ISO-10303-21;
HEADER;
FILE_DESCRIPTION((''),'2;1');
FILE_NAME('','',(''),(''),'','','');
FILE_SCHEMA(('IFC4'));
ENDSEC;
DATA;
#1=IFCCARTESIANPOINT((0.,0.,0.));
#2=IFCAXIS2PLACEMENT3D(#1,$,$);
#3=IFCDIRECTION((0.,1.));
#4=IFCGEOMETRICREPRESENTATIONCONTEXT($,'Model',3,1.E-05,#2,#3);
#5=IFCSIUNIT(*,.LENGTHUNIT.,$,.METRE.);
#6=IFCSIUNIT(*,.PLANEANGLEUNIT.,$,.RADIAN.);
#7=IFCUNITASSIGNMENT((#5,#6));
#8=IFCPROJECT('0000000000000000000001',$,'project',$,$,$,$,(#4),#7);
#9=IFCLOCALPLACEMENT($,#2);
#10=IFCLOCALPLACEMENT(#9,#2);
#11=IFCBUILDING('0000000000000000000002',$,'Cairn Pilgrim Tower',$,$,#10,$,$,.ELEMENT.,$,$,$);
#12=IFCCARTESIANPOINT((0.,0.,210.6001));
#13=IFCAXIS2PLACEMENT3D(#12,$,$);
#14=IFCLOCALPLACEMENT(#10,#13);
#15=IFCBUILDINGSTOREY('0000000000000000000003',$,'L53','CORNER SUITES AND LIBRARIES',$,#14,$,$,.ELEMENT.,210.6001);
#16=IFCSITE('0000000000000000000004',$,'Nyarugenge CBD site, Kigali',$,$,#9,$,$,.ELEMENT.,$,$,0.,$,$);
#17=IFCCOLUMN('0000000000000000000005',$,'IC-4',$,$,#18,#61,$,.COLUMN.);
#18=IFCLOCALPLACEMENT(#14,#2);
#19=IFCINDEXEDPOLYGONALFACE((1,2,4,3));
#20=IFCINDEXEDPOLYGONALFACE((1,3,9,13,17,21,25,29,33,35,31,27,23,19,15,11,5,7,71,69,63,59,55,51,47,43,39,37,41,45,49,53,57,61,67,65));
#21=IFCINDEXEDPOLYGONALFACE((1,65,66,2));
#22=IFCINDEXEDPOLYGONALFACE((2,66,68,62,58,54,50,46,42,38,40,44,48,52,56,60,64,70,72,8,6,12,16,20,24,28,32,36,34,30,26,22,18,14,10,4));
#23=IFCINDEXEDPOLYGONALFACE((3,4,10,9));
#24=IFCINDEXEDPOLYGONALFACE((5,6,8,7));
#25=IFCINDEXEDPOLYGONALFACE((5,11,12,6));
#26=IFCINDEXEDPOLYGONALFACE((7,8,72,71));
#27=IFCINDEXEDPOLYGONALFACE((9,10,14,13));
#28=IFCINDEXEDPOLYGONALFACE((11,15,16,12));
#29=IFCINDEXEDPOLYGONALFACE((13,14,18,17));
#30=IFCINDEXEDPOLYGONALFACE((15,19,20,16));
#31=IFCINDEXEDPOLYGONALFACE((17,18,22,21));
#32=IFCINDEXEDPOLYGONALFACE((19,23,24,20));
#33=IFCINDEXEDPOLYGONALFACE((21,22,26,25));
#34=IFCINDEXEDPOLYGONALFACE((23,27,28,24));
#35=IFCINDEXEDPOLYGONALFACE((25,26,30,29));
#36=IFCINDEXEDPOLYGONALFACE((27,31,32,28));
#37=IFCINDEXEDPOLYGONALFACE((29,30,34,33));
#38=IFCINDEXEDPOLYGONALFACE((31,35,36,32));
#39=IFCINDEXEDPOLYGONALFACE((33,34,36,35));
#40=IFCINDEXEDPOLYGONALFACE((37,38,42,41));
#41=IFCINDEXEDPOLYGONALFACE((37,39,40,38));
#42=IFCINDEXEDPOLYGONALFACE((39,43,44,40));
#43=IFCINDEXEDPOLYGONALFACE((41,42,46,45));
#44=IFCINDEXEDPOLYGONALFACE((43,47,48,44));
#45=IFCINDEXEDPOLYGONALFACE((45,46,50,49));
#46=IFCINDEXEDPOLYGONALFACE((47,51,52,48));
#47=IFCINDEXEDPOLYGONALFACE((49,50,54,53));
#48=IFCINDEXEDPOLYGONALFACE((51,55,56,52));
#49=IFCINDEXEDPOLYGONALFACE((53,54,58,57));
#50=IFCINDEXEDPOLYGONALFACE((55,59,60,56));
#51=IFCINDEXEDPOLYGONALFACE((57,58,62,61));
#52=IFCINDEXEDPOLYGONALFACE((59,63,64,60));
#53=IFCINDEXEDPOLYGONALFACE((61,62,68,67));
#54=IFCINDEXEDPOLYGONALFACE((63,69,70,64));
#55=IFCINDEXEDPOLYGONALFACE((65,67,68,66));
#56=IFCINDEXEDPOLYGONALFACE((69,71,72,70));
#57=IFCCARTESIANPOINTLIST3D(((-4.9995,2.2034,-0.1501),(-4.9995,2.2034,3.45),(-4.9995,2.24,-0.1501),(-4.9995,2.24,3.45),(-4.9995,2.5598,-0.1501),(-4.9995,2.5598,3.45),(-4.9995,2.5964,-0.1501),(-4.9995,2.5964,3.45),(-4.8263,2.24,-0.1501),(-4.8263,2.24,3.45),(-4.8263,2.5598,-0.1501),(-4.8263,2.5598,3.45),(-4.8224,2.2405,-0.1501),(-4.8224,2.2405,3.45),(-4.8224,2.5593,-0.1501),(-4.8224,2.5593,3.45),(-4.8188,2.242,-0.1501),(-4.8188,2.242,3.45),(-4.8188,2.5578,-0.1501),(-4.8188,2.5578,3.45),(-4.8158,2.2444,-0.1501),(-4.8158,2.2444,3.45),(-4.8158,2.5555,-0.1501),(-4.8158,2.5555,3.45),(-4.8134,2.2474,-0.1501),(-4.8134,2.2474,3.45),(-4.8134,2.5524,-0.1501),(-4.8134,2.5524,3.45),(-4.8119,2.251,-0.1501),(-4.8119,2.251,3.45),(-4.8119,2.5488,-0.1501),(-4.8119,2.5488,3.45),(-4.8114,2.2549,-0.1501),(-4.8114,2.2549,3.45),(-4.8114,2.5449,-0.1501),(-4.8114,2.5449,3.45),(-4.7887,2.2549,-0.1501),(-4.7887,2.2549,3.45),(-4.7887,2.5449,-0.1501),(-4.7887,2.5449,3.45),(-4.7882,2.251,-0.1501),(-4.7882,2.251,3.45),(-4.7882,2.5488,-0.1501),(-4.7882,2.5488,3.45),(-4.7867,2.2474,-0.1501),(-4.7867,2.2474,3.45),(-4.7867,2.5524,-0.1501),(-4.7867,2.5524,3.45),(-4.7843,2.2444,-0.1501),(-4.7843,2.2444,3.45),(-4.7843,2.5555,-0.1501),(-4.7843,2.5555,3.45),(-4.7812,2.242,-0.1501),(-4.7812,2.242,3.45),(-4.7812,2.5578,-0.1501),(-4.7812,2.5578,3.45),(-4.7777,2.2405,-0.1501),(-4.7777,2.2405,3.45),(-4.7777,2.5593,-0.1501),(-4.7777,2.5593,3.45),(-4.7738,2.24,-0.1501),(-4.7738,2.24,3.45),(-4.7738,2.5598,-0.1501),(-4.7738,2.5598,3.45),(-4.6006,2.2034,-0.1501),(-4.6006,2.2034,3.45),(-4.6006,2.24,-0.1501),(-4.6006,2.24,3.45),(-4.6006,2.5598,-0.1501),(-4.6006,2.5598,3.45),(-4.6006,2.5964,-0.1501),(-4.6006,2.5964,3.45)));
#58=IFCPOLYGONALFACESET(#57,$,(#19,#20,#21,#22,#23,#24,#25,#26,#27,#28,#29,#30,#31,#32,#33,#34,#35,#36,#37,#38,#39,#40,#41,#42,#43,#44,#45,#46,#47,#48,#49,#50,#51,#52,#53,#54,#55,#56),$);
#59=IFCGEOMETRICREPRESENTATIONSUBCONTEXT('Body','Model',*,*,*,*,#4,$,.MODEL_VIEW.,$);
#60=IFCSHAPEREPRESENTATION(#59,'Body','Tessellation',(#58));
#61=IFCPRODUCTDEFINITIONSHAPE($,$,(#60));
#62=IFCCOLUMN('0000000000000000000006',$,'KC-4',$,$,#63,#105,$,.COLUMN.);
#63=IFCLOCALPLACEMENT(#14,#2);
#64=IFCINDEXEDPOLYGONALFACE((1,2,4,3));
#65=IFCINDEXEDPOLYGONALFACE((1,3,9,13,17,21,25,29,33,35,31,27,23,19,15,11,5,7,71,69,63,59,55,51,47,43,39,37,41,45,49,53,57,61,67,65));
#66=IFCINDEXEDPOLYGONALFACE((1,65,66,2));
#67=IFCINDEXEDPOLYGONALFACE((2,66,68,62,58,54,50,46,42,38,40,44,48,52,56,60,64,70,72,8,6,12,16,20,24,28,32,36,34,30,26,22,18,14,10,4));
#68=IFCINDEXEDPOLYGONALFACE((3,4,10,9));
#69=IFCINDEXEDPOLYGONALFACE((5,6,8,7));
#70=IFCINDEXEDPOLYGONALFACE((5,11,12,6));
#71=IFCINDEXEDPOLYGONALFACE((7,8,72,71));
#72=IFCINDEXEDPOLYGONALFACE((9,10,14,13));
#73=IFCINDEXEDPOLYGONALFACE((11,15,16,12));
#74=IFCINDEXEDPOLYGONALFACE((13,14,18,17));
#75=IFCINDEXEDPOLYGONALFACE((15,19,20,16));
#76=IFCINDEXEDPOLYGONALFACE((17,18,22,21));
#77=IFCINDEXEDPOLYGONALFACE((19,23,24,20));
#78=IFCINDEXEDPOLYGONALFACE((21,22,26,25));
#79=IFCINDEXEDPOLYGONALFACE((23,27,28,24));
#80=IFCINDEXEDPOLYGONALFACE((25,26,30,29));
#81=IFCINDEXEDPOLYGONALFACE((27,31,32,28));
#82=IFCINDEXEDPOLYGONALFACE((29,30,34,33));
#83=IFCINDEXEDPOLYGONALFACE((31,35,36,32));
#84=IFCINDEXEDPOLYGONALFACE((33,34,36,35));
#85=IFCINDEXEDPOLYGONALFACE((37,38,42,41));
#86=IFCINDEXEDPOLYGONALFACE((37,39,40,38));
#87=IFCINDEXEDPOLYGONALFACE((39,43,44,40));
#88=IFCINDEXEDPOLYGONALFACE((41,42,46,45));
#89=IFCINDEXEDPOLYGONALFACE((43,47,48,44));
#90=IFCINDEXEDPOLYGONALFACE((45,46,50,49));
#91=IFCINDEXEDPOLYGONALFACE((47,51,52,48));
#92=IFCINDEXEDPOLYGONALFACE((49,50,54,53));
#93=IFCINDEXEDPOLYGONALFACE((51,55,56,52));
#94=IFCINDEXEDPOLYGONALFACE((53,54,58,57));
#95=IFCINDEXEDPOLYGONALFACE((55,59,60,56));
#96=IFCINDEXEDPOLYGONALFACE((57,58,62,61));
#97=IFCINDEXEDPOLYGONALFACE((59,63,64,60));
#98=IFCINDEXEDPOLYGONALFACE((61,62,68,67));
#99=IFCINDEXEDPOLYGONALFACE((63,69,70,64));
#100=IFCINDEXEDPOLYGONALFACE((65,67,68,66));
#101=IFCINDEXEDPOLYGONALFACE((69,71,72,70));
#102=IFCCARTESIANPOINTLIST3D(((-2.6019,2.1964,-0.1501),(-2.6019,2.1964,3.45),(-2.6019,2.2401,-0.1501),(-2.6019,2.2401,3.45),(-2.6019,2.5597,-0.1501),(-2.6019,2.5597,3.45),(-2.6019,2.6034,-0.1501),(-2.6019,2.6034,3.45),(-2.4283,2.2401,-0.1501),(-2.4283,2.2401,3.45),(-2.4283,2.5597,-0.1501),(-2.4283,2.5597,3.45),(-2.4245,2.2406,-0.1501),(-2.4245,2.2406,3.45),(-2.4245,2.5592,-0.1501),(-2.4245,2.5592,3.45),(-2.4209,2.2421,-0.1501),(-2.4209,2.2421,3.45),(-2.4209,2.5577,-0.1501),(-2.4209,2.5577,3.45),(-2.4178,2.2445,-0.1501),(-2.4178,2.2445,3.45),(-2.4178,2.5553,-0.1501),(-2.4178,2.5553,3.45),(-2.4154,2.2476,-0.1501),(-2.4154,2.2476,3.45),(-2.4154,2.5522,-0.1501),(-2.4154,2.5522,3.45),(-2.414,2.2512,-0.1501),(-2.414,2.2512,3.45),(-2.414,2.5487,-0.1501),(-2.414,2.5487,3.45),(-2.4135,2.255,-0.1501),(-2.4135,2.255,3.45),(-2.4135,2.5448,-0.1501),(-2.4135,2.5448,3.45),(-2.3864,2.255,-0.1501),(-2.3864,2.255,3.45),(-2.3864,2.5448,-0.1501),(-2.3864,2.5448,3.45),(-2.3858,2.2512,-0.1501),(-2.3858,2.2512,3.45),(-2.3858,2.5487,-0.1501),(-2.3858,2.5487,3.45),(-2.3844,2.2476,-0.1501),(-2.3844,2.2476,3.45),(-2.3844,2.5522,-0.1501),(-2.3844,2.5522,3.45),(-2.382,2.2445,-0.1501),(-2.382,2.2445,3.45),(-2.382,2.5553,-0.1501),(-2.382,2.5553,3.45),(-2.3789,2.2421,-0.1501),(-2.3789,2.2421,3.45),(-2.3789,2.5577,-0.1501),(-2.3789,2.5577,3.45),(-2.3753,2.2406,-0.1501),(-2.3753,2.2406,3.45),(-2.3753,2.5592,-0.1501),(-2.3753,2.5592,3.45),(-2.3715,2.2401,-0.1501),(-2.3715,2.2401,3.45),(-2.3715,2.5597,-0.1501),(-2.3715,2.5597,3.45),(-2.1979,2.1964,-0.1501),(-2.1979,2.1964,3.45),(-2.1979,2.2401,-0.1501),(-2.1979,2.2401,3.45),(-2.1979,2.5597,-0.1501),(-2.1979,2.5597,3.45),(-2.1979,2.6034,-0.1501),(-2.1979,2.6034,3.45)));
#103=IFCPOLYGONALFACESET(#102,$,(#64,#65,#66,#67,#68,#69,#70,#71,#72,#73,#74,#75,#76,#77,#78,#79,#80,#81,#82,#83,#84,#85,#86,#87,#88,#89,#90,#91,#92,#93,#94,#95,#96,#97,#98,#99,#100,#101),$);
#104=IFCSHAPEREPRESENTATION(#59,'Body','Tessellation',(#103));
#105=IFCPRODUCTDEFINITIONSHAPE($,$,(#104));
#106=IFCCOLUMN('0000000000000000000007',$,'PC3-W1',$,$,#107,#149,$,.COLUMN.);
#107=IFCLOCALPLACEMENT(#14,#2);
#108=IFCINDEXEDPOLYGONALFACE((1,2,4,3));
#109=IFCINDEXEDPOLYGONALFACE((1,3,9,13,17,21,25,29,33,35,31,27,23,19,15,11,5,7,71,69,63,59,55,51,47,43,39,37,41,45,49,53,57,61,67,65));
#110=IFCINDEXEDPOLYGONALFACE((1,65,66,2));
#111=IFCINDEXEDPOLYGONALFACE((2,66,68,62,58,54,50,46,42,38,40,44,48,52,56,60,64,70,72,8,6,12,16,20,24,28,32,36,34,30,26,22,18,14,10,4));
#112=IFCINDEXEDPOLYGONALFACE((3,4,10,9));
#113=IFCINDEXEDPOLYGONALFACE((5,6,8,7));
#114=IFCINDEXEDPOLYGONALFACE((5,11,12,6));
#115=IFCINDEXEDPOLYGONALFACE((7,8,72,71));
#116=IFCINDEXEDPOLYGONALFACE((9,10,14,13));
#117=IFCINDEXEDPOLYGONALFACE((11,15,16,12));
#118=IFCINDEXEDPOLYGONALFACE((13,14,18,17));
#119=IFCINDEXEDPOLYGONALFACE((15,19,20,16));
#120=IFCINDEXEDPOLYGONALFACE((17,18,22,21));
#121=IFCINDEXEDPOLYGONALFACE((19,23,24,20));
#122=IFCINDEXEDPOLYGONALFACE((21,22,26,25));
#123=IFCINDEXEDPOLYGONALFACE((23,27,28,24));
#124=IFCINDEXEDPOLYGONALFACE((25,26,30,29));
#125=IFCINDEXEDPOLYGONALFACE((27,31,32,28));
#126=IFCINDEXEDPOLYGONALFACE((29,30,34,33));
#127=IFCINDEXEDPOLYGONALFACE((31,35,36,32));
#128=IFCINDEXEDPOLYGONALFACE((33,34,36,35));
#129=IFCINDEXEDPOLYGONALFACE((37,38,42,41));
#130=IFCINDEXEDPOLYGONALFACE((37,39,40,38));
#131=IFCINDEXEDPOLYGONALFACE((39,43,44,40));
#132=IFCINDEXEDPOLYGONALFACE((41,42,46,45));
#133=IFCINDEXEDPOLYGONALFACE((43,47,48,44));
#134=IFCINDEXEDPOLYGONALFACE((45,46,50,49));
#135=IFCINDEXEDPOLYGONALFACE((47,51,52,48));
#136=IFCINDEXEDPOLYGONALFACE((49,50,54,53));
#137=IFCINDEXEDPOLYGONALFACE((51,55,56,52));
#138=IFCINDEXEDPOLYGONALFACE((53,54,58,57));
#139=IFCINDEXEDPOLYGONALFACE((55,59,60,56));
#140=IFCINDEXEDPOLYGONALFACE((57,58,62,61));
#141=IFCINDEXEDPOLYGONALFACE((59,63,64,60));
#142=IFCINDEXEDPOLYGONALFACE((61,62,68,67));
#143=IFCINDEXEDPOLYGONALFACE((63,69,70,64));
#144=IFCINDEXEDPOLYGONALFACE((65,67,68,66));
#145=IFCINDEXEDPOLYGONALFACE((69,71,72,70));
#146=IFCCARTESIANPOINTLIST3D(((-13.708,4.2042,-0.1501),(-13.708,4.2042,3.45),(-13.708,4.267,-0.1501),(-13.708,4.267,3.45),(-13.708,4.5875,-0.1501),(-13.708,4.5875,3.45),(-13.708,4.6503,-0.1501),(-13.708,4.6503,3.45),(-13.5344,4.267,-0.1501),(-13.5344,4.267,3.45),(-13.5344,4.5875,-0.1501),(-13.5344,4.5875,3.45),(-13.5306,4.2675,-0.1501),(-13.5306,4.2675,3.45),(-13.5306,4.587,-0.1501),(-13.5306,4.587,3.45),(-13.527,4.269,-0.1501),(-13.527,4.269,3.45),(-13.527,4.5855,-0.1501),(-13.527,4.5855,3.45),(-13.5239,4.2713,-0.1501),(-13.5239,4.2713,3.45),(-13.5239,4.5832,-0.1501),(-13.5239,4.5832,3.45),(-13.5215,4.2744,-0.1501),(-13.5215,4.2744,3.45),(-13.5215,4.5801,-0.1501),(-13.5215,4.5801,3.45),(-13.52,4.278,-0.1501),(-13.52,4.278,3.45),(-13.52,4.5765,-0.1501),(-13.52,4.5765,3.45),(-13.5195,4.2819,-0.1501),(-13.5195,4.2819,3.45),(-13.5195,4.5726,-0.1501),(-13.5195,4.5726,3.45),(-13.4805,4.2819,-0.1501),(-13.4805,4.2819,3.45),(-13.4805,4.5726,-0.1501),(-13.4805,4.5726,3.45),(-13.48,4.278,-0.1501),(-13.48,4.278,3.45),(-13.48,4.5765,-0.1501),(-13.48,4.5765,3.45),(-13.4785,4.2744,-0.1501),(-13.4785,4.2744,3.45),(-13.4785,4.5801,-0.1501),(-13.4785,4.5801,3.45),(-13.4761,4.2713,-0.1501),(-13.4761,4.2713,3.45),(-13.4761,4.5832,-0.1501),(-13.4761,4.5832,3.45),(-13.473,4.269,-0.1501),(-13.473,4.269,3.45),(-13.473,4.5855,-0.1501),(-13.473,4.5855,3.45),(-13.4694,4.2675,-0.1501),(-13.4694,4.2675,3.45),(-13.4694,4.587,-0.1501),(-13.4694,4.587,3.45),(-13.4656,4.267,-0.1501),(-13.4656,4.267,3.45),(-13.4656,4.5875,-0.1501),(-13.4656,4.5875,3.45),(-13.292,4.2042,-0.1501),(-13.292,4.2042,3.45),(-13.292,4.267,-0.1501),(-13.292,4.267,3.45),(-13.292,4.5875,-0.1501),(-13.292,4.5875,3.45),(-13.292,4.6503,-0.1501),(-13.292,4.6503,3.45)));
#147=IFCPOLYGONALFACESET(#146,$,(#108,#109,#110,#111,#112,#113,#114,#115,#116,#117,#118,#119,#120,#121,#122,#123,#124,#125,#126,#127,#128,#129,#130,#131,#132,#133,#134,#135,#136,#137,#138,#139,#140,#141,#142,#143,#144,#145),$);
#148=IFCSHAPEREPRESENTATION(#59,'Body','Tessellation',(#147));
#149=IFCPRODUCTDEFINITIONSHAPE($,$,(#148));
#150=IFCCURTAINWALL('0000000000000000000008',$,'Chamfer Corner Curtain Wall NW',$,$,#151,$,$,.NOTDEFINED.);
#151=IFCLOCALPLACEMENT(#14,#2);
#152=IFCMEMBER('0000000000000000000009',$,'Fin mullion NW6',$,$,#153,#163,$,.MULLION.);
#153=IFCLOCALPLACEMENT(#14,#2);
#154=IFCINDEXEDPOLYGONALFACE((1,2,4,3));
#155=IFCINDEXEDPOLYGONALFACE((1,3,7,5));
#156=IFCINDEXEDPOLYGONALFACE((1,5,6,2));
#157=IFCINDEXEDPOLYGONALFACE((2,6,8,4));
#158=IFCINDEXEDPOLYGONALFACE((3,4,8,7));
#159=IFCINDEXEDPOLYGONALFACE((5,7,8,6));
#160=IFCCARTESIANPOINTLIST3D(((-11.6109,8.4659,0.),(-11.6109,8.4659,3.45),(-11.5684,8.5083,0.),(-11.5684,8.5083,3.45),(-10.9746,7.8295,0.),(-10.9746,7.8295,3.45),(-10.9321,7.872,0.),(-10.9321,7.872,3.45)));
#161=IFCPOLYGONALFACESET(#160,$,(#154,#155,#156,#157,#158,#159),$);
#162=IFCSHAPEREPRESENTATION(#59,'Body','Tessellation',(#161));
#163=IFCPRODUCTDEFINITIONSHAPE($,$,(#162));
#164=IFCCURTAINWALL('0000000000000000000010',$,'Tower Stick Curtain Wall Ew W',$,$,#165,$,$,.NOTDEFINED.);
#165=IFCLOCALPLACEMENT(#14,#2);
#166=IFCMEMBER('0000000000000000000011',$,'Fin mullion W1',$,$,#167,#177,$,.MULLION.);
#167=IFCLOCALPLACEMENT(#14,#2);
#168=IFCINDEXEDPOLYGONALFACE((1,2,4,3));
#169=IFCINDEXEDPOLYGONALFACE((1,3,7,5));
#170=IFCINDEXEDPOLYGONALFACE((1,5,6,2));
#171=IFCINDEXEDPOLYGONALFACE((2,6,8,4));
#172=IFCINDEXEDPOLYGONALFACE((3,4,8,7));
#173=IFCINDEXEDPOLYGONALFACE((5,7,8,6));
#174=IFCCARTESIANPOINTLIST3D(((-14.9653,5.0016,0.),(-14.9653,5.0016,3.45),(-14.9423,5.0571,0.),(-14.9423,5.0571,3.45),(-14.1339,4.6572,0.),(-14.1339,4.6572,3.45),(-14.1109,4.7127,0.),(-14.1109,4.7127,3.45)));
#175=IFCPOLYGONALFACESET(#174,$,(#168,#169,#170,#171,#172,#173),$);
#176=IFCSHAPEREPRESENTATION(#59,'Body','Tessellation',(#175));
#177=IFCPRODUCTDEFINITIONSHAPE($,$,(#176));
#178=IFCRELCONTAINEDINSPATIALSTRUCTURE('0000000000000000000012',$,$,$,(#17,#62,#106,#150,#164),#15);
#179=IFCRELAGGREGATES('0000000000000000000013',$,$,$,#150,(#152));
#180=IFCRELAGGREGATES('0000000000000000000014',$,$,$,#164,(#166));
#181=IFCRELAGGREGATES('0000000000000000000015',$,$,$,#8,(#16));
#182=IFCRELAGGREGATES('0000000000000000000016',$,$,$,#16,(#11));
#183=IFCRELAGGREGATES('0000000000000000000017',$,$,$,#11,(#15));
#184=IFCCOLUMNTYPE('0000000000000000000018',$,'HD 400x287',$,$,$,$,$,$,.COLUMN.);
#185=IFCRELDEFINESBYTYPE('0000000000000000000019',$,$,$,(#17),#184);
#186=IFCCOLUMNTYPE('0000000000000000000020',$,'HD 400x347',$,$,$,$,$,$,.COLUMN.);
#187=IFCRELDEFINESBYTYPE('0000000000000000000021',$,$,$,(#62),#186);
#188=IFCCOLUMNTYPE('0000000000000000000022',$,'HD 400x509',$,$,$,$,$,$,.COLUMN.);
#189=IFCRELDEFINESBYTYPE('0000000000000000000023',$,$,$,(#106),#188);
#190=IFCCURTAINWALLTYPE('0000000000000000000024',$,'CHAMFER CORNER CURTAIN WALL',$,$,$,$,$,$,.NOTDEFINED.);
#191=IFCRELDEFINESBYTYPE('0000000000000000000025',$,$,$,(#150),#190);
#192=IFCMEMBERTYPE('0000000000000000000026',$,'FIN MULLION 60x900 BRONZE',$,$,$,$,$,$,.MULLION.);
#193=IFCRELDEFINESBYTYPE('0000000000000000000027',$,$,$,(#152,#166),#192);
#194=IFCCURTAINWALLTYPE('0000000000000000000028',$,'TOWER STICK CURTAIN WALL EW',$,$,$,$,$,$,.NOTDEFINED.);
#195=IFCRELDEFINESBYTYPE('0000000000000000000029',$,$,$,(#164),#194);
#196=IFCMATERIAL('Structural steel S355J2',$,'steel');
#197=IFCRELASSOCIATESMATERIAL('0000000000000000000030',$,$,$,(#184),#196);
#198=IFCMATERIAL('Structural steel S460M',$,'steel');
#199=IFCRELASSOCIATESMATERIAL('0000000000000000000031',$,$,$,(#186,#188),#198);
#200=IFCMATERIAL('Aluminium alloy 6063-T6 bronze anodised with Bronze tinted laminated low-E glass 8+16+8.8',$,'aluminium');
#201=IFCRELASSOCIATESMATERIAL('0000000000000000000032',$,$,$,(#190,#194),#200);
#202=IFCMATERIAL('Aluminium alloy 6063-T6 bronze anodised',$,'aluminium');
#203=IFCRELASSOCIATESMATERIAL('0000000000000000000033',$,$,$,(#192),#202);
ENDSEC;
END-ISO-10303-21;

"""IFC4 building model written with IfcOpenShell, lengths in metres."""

from ifc_helpers import new_model, si_unit, direction, frame, origin, origin_2d, place, context, subcontext, project, spatial, rectangle, i_section, extrude, material, material_profile, profile_set, type_object, element, aggregate, save


model = new_model("IFC4")

# Units and contexts
model_context = context("Model", 3, precision=1e-05, world=origin(), true_north=direction((0.0, 1.0)))
body_context = subcontext(model_context, "Body", "Model", "MODEL_VIEW")
ifc_project = project(units=[si_unit("LENGTHUNIT", "METRE"), si_unit("PLANEANGLEUNIT", "RADIAN")], contexts=[model_context])

# Site, building, storey
site_placement = place(None, origin())
site = spatial("IfcSite", under=ifc_project, at=site_placement, Name="Nyarugenge CBD site, Kigali", CompositionType="ELEMENT", RefElevation=0.0)
building_placement = place(site_placement, origin())
building = spatial("IfcBuilding", under=site, at=building_placement, Name="Cairn Pilgrim Tower", CompositionType="ELEMENT")
storey_placement = place(building_placement, frame((0.0, 0.0, 210.6001)))
storey = spatial("IfcBuildingStorey", under=building, at=storey_placement, Name="L53", Description="CORNER SUITES AND LIBRARIES", CompositionType="ELEMENT", Elevation=210.6001)

# Columns
ifc_material_1 = material(Name="Structural steel S355J2", Category="steel")
ifc_material_profile_1 = material_profile(ifc_material_1, i_section(OverallWidth=0.3989, OverallDepth=0.3931, WebThickness=0.0227, FlangeThickness=0.0366, FilletRadius=0.0149, at=origin_2d()), Name="HD 400x287")
ifc_profile_set_1 = profile_set([ifc_material_profile_1], Name="Structural steel S355J2")
column_type_1 = type_object("IfcColumnType", Name="HD 400x287", PredefinedType="COLUMN", material=ifc_profile_set_1)
column_1_placement = place(storey_placement, frame((-4.8, 2.3999, -0.1501), z_axis=(0.0, 0.0, 1.0), x_axis=(1.0, 0.0, 0.0)))
element("IfcColumn", 1, at=column_1_placement, inside=storey, type_object=column_type_1, Name="IC-4", PredefinedType="COLUMN", context=body_context, shape_type="SweptSolid", body=[
    extrude(i_section(OverallWidth=0.3989, OverallDepth=0.3931, WebThickness=0.0227, FlangeThickness=0.0366, FilletRadius=0.0149, at=origin_2d()), origin(), (0.0, 0.0, 1.0), 3.6001),
])
ifc_material_2 = material(Name="Structural steel S460M", Category="steel")
ifc_material_profile_2 = material_profile(ifc_material_2, i_section(OverallWidth=0.4041, OverallDepth=0.407, WebThickness=0.0271, FlangeThickness=0.0437, FilletRadius=0.0149, at=origin_2d()), Name="HD 400x347")
ifc_profile_set_2 = profile_set([ifc_material_profile_2], Name="Structural steel S460M")
column_type_2 = type_object("IfcColumnType", Name="HD 400x347", PredefinedType="COLUMN", material=ifc_profile_set_2)
column_2_placement = place(storey_placement, frame((-2.3999, 2.3999, -0.1501), z_axis=(0.0, 0.0, 1.0), x_axis=(1.0, 0.0, 0.0)))
element("IfcColumn", 2, at=column_2_placement, inside=storey, type_object=column_type_2, Name="KC-4", PredefinedType="COLUMN", context=body_context, shape_type="SweptSolid", body=[
    extrude(i_section(OverallWidth=0.4041, OverallDepth=0.407, WebThickness=0.0271, FlangeThickness=0.0437, FilletRadius=0.0149, at=origin_2d()), origin(), (0.0, 0.0, 1.0), 3.6001),
])
ifc_material_profile_3 = material_profile(ifc_material_2, i_section(OverallWidth=0.416, OverallDepth=0.446, WebThickness=0.0391, FlangeThickness=0.0627, FilletRadius=0.0149, at=origin_2d()), Name="HD 400x509")
ifc_profile_set_3 = profile_set([ifc_material_profile_3], Name="Structural steel S460M")
column_type_3 = type_object("IfcColumnType", Name="HD 400x509", PredefinedType="COLUMN", material=ifc_profile_set_3)
column_3_placement = place(storey_placement, frame((-13.5, 4.4272, -0.1501), z_axis=(0.0, 0.0, 1.0), x_axis=(1.0, 0.0, 0.0)))
element("IfcColumn", 3, at=column_3_placement, inside=storey, type_object=column_type_3, Name="PC3-W1", PredefinedType="COLUMN", context=body_context, shape_type="SweptSolid", body=[
    extrude(i_section(OverallWidth=0.416, OverallDepth=0.446, WebThickness=0.0391, FlangeThickness=0.0627, FilletRadius=0.0149, at=origin_2d()), origin(), (0.0, 0.0, 1.0), 3.6001),
])

# Curtain walls, members
ifc_material_3 = material(Name="Aluminium alloy 6063-T6 bronze anodised with Bronze tinted laminated low-E glass 8+16+8.8", Category="aluminium")
curtain_wall_type_1 = type_object("IfcCurtainWallType", Name="CHAMFER CORNER CURTAIN WALL", PredefinedType="NOTDEFINED", material=ifc_material_3)
curtain_wall_1_placement = place(storey_placement, origin())
curtain_wall_1 = element("IfcCurtainWall", 4, at=curtain_wall_1_placement, inside=storey, type_object=curtain_wall_type_1, Name="Chamfer Corner Curtain Wall NW", PredefinedType="NOTDEFINED")
ifc_material_4 = material(Name="Aluminium alloy 6063-T6 bronze anodised", Category="aluminium")
ifc_material_profile_4 = material_profile(ifc_material_4, rectangle(XDim=0.8999, YDim=0.0601, at=origin_2d()), Name="FIN MULLION 60x900 BRONZE")
ifc_profile_set_4 = profile_set([ifc_material_profile_4], Name="Aluminium alloy 6063-T6 bronze anodised")
member_type_1 = type_object("IfcMemberType", Name="FIN MULLION 60x900 BRONZE", PredefinedType="MULLION", material=ifc_profile_set_4)
member_1_placement = place(storey_placement, frame((-11.2715, 8.1689, 0.0), z_axis=(0.0, 0.0, 1.0), x_axis=(-0.707107, 0.707107, 0.0)))
member_1 = element("IfcMember", 5, at=member_1_placement, type_object=member_type_1, Name="Fin mullion NW6", PredefinedType="MULLION", context=body_context, shape_type="SweptSolid", body=[
    extrude(rectangle(XDim=0.8999, YDim=0.0601, at=origin_2d()), origin(), (0.0, 0.0, 1.0), 3.45),
])
curtain_wall_type_2 = type_object("IfcCurtainWallType", Name="TOWER STICK CURTAIN WALL EW", PredefinedType="NOTDEFINED", material=ifc_material_3)
curtain_wall_2_placement = place(storey_placement, origin())
curtain_wall_2 = element("IfcCurtainWall", 6, at=curtain_wall_2_placement, inside=storey, type_object=curtain_wall_type_2, Name="Tower Stick Curtain Wall Ew W", PredefinedType="NOTDEFINED")
member_2_placement = place(storey_placement, frame((-14.5381, 4.8572, 0.0), z_axis=(0.0, 0.0, 1.0), x_axis=(-0.92388, 0.382683, 0.0)))
member_2 = element("IfcMember", 7, at=member_2_placement, type_object=member_type_1, Name="Fin mullion W1", PredefinedType="MULLION", context=body_context, shape_type="SweptSolid", body=[
    extrude(rectangle(XDim=0.8999, YDim=0.0601, at=origin_2d()), origin(), (0.0, 0.0, 1.0), 3.45),
])

aggregate(curtain_wall_1, [member_1])
aggregate(curtain_wall_2, [member_2])

save(model, "model.ifc")
